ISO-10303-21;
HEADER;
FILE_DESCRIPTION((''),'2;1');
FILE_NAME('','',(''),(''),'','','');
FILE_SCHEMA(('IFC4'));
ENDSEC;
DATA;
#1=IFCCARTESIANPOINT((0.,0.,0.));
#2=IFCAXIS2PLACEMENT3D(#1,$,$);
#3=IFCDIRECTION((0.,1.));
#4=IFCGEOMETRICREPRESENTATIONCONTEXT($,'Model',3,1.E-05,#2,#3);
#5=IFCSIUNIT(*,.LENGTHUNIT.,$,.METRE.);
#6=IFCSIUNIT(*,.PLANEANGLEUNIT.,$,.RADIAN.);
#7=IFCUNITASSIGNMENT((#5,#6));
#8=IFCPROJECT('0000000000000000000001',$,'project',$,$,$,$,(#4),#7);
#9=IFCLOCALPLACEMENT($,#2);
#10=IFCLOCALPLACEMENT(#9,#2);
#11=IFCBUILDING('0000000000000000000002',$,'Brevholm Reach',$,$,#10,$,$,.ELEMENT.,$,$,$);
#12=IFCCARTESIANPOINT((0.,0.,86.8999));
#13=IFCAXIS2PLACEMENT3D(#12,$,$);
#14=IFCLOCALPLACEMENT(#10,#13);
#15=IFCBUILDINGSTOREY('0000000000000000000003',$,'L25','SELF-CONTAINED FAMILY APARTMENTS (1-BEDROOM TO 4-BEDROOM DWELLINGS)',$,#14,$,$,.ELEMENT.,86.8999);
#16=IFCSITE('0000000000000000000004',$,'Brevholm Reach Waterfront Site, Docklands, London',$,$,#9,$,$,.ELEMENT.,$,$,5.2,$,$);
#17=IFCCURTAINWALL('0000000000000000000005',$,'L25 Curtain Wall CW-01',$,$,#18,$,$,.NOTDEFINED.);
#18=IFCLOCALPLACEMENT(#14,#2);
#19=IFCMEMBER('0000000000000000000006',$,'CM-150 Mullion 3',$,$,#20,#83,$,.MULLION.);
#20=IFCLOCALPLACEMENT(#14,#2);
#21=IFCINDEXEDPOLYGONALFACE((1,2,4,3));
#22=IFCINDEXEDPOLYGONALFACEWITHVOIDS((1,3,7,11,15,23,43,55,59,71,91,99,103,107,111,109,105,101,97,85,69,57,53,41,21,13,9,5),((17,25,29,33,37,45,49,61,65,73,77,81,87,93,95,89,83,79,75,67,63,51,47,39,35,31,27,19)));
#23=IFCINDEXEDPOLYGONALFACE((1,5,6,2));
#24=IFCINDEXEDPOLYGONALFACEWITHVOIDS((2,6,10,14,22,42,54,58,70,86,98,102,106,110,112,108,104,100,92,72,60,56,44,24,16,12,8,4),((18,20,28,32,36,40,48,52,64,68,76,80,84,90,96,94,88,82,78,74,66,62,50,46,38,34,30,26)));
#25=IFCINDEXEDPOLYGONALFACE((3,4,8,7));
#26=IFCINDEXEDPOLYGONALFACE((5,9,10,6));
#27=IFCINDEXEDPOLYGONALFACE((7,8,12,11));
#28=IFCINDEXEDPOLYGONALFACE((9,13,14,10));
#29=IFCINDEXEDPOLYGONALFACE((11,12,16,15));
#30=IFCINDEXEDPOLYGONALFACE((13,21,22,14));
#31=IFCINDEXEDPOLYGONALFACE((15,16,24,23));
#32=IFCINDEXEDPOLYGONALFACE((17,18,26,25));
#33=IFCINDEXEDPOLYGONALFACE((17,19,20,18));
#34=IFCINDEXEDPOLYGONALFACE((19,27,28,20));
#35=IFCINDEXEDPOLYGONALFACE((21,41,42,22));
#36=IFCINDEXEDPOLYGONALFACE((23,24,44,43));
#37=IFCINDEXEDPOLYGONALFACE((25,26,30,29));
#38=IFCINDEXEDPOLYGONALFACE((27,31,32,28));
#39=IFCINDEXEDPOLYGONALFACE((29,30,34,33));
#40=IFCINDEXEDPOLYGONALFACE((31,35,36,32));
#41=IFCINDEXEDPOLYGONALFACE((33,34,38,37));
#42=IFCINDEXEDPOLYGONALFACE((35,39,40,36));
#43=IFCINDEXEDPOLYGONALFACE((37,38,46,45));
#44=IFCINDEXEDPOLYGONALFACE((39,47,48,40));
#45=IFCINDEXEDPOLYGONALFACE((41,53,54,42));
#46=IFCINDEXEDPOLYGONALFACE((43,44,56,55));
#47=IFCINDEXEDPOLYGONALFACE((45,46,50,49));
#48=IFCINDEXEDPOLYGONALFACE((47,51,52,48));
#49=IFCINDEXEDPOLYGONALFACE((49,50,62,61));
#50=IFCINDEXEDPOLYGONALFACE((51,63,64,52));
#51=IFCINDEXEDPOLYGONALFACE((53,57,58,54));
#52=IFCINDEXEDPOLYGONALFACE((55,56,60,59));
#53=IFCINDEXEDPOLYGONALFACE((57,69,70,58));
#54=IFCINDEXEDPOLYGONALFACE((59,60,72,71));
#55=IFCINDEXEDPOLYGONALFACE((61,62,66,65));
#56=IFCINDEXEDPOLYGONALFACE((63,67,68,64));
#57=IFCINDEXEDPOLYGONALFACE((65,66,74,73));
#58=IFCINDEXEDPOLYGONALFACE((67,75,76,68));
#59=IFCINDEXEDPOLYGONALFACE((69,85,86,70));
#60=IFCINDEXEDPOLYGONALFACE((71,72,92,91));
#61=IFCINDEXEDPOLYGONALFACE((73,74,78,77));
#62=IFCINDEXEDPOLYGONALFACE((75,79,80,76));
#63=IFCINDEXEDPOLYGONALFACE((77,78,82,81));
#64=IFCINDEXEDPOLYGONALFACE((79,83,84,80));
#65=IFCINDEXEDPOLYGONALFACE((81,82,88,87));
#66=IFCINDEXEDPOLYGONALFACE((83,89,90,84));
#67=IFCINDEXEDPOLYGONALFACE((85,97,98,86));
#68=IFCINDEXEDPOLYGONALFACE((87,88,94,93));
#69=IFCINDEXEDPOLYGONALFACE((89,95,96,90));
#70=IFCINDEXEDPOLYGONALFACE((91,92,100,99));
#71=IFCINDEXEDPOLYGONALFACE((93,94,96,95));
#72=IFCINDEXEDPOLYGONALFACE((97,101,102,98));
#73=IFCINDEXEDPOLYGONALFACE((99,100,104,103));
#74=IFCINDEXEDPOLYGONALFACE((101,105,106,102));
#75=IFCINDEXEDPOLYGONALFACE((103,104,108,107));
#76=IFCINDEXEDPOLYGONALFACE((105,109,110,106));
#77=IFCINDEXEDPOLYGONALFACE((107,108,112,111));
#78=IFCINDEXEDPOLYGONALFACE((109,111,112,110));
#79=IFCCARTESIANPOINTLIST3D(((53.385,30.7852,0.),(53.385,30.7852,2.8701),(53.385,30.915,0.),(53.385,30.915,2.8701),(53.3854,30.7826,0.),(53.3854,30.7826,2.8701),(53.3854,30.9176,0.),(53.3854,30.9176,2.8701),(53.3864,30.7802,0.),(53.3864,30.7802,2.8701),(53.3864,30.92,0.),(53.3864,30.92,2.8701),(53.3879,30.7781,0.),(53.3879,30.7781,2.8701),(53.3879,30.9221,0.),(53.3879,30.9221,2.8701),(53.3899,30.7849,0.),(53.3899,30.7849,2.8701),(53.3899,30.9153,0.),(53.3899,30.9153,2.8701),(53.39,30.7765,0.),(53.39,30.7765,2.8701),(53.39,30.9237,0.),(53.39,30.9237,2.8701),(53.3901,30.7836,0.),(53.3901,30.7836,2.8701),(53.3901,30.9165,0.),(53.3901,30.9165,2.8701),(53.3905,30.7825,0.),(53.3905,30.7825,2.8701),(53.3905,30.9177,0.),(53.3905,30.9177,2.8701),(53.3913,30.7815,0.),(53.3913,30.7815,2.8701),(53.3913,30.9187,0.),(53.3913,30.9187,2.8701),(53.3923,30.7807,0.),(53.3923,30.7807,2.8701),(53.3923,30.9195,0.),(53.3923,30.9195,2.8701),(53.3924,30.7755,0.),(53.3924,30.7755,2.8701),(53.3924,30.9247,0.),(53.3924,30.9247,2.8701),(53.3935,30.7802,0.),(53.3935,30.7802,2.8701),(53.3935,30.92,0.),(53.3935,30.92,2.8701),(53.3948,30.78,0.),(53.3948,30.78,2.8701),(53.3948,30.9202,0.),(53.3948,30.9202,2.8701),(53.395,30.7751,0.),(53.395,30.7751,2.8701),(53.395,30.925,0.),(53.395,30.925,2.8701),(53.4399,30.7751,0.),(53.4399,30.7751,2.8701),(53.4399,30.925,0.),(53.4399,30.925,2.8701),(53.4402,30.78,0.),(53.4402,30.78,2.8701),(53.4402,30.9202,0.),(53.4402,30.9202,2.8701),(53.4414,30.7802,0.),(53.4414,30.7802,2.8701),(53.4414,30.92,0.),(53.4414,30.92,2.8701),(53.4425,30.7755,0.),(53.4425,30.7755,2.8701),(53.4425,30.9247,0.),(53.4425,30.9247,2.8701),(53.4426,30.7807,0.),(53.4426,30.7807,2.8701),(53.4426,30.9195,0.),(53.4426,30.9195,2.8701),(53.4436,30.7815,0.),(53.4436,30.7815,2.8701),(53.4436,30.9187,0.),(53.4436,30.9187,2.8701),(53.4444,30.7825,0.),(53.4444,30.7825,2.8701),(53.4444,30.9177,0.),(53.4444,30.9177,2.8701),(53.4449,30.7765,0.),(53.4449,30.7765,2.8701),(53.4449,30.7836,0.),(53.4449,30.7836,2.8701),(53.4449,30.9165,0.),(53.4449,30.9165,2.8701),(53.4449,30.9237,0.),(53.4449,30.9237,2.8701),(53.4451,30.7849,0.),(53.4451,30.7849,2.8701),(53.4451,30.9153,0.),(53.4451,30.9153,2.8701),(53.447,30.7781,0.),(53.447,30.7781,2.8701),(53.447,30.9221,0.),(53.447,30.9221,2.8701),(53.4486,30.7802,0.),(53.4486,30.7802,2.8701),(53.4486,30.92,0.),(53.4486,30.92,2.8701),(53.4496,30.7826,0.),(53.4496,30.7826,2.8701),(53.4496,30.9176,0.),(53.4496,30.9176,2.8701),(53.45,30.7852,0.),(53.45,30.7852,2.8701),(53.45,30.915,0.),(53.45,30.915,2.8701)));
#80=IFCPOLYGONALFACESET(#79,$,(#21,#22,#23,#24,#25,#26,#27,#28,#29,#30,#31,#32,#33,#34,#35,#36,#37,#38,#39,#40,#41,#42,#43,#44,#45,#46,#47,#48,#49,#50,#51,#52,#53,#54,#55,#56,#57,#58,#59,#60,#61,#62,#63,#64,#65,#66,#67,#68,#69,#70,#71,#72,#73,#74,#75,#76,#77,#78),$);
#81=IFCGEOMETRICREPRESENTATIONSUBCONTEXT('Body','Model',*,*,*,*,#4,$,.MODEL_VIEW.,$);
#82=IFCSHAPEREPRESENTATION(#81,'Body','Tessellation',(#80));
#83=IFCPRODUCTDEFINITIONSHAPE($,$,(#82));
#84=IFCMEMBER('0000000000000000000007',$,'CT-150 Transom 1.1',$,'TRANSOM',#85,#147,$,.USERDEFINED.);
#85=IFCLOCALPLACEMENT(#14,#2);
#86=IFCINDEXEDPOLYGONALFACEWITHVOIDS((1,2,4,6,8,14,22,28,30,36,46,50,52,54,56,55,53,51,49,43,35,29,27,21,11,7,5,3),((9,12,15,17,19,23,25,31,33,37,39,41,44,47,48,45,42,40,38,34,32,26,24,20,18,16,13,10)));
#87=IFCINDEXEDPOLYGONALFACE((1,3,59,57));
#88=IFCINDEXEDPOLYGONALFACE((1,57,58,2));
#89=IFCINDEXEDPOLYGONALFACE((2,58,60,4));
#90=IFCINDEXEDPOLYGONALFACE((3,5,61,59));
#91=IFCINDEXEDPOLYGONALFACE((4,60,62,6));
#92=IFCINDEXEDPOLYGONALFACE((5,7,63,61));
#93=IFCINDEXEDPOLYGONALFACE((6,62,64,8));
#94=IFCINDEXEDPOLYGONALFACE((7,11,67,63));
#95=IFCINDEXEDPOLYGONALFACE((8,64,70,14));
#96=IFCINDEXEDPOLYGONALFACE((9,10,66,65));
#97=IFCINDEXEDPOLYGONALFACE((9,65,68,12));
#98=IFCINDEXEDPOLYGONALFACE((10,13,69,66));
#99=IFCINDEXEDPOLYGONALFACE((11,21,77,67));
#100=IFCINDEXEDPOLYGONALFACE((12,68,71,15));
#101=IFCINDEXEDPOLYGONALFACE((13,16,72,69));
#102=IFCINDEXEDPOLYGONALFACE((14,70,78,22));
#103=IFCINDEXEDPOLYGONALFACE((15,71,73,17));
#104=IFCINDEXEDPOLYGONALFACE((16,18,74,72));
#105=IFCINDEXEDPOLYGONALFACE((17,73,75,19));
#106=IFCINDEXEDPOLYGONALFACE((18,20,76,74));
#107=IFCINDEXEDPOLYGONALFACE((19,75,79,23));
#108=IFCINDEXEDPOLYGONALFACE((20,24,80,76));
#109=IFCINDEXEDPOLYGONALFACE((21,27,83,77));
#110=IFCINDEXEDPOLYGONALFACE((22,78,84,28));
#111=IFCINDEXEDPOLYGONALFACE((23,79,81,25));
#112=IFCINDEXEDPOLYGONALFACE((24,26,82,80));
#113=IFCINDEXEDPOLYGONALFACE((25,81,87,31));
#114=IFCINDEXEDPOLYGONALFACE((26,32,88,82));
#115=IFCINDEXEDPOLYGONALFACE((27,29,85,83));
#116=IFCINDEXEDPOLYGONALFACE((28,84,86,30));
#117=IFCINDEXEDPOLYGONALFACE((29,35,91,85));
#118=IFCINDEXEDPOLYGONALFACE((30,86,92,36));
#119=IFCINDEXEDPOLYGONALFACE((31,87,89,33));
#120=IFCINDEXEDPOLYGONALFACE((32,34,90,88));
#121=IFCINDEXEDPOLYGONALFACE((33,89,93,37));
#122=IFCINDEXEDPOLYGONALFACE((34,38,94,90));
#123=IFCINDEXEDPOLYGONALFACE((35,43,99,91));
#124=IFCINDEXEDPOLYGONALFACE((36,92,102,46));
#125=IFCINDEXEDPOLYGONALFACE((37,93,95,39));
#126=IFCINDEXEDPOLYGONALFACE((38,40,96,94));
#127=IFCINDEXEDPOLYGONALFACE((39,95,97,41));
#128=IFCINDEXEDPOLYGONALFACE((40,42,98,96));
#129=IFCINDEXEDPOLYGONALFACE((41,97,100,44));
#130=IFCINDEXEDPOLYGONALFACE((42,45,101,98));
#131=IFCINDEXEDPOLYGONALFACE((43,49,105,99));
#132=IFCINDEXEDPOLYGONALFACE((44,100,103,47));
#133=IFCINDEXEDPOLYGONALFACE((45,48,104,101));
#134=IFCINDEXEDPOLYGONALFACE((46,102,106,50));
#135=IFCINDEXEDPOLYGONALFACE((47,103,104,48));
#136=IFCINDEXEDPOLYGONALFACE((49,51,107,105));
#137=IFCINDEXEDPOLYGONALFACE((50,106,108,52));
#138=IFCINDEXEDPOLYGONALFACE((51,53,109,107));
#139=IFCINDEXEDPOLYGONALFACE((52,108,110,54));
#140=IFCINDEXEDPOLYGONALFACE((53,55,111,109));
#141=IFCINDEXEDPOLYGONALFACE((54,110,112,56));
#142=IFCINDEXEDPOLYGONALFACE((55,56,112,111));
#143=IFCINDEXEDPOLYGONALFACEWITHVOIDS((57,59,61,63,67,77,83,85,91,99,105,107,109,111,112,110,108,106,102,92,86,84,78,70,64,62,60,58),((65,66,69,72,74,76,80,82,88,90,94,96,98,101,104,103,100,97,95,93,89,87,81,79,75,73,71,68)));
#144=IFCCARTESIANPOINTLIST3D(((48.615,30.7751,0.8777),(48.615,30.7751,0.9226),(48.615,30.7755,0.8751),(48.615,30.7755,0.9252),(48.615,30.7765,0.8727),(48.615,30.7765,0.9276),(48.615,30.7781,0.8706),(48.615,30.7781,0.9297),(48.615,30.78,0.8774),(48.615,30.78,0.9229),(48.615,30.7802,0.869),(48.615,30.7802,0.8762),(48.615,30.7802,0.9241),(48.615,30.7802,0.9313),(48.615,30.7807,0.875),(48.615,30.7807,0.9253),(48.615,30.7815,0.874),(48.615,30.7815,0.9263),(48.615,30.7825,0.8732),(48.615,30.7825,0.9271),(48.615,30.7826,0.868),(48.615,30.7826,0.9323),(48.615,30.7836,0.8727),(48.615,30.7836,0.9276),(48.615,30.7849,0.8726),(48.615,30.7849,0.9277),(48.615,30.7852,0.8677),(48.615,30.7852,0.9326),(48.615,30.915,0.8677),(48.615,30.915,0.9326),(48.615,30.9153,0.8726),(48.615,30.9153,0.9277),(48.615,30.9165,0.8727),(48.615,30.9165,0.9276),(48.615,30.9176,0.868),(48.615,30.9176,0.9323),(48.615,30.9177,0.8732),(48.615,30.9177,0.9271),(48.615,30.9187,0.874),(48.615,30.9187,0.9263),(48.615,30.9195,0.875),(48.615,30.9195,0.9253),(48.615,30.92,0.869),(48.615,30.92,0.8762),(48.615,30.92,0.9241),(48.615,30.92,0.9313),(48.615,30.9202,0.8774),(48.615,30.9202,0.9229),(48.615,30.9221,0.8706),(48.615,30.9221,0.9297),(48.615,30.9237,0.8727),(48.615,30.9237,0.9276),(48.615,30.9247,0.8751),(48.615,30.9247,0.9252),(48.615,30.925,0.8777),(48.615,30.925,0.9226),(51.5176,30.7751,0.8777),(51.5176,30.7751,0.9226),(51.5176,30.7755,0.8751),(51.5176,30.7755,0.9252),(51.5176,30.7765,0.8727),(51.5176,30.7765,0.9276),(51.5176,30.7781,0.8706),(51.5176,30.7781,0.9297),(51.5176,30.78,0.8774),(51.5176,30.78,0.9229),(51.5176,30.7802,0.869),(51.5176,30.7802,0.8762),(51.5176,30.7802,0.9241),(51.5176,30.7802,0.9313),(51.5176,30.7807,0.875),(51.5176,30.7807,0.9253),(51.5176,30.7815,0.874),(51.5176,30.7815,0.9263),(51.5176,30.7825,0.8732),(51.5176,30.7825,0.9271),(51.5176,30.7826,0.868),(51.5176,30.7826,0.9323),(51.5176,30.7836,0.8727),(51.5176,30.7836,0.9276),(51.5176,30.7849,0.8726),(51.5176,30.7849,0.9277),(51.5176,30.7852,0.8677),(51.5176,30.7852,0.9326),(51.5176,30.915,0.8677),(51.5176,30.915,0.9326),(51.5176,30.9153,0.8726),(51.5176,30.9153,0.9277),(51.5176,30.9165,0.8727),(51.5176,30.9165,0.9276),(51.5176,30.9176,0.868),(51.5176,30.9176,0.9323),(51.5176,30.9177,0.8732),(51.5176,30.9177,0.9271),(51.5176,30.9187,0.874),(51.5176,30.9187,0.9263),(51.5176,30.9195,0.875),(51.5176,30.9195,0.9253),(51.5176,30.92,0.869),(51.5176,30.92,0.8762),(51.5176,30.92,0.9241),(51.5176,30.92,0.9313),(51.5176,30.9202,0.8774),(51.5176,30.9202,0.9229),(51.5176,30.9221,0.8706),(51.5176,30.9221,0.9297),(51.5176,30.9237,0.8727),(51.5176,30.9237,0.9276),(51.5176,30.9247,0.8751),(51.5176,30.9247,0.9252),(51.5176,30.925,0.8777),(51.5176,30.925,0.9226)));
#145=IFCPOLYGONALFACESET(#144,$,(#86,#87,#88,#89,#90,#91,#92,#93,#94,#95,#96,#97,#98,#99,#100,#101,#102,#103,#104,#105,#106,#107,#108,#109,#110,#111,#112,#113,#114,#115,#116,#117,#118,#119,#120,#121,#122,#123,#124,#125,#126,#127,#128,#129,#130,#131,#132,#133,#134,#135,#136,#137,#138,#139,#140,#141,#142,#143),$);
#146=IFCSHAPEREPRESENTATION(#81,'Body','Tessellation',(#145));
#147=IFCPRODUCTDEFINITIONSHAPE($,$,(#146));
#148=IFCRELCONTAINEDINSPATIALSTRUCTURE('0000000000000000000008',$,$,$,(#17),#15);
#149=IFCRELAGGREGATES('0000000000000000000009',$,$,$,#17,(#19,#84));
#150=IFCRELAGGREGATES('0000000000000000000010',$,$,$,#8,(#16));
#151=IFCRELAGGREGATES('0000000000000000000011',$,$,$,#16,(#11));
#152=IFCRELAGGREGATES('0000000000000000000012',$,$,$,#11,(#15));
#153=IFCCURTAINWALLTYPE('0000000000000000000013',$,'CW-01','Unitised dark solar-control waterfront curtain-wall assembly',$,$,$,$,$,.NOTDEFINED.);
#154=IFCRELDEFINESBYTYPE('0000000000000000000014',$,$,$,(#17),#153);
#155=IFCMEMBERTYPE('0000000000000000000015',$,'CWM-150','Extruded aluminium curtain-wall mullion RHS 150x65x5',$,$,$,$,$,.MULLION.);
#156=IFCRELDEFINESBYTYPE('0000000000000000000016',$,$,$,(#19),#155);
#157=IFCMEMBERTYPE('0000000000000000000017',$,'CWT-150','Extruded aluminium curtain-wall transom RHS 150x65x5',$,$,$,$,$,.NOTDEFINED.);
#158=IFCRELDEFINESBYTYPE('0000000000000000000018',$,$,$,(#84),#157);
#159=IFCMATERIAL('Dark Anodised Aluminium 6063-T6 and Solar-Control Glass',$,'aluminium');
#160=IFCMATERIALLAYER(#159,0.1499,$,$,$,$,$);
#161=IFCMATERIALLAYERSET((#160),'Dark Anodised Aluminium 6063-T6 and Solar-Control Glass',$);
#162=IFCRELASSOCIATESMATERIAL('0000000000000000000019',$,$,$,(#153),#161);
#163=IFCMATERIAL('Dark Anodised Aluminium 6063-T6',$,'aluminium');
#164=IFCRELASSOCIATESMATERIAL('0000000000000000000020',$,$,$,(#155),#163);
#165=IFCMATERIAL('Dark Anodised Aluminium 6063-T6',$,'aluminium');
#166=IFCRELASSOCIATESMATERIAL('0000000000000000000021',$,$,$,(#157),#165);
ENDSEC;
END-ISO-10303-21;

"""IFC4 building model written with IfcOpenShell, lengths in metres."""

from ifc_helpers import new_model, si_unit, direction, frame, origin, origin_2d, place, context, subcontext, project, spatial, hollow_rectangle, extrude, material, layer, layer_set, material_profile, profile_set, type_object, element, aggregate, save


model = new_model("IFC4")

# Units and contexts
model_context = context("Model", 3, precision=1e-05, world=origin(), true_north=direction((0.0, 1.0)))
body_context = subcontext(model_context, "Body", "Model", "MODEL_VIEW")
ifc_project = project(units=[si_unit("LENGTHUNIT", "METRE"), si_unit("PLANEANGLEUNIT", "RADIAN")], contexts=[model_context])

# Site, building, storey
site_placement = place(None, origin())
site = spatial("IfcSite", under=ifc_project, at=site_placement, Name="Brevholm Reach Waterfront Site, Docklands, London", CompositionType="ELEMENT", RefElevation=5.2)
building_placement = place(site_placement, origin())
building = spatial("IfcBuilding", under=site, at=building_placement, Name="Brevholm Reach", CompositionType="ELEMENT")
storey_placement = place(building_placement, frame((0.0, 0.0, 86.8999)))
storey = spatial("IfcBuildingStorey", under=building, at=storey_placement, Name="L25", Description="SELF-CONTAINED FAMILY APARTMENTS (1-BEDROOM TO 4-BEDROOM DWELLINGS)", CompositionType="ELEMENT", Elevation=86.8999)

# Curtain wall, members
ifc_material_1 = material(Name="Dark Anodised Aluminium 6063-T6 and Solar-Control Glass", Category="aluminium")
ifc_layer_1 = layer(ifc_material_1, 0.1499)
ifc_layer_set_1 = layer_set([ifc_layer_1], Name="Dark Anodised Aluminium 6063-T6 and Solar-Control Glass")
curtain_wall_type = type_object("IfcCurtainWallType", Name="CW-01", Description="Unitised dark solar-control waterfront curtain-wall assembly", PredefinedType="NOTDEFINED", material=ifc_layer_set_1)
curtain_wall_placement = place(storey_placement, origin())
curtain_wall = element("IfcCurtainWall", 1, at=curtain_wall_placement, inside=storey, type_object=curtain_wall_type, Name="L25 Curtain Wall CW-01", PredefinedType="NOTDEFINED")
ifc_material_2 = material(Name="Dark Anodised Aluminium 6063-T6", Category="aluminium")
ifc_material_profile_1 = material_profile(ifc_material_2, hollow_rectangle(XDim=0.0649, YDim=0.1499, WallThickness=0.0049, InnerFilletRadius=0.0049, OuterFilletRadius=0.01, at=origin_2d()), Name="RHS 150x65x5")
ifc_profile_set_1 = profile_set([ifc_material_profile_1], Name="Dark Anodised Aluminium 6063-T6")
member_type_1 = type_object("IfcMemberType", Name="CWM-150", Description="Extruded aluminium curtain-wall mullion RHS 150x65x5", PredefinedType="MULLION", material=ifc_profile_set_1)
member_1_placement = place(storey_placement, frame((53.4175, 30.8501, 0.0), z_axis=(0.0, 0.0, 1.0), x_axis=(1.0, 0.0, 0.0)))
member_1 = element("IfcMember", 2, at=member_1_placement, type_object=member_type_1, Name="CM-150 Mullion 3", PredefinedType="MULLION", context=body_context, shape_type="SweptSolid", body=[
    extrude(hollow_rectangle(XDim=0.0649, YDim=0.1499, WallThickness=0.0049, InnerFilletRadius=0.0049, OuterFilletRadius=0.01, at=origin_2d()), origin(), (0.0, 0.0, 1.0), 2.8701),
])
ifc_material_3 = material(Name="Dark Anodised Aluminium 6063-T6", Category="aluminium")
ifc_material_profile_2 = material_profile(ifc_material_3, hollow_rectangle(XDim=0.0649, YDim=0.1499, WallThickness=0.0049, InnerFilletRadius=0.0049, OuterFilletRadius=0.01, at=origin_2d()), Name="RHS 150x65x5")
ifc_profile_set_2 = profile_set([ifc_material_profile_2], Name="Dark Anodised Aluminium 6063-T6")
member_type_2 = type_object("IfcMemberType", Name="CWT-150", Description="Extruded aluminium curtain-wall transom RHS 150x65x5", PredefinedType="NOTDEFINED", material=ifc_profile_set_2)
member_2_placement = place(storey_placement, frame((48.615, 30.8501, 0.9001), z_axis=(1.0, 0.0, 0.0), x_axis=(0.0, 0.0, 1.0)))
member_2 = element("IfcMember", 3, at=member_2_placement, type_object=member_type_2, Name="CT-150 Transom 1.1", ObjectType="TRANSOM", PredefinedType="USERDEFINED", context=body_context, shape_type="SweptSolid", body=[
    extrude(hollow_rectangle(XDim=0.0649, YDim=0.1499, WallThickness=0.0049, InnerFilletRadius=0.0049, OuterFilletRadius=0.01, at=origin_2d()), origin(), (0.0, 0.0, 1.0), 2.9026),
])
aggregate(curtain_wall, [member_1, member_2])

save(model, "model.ifc")
